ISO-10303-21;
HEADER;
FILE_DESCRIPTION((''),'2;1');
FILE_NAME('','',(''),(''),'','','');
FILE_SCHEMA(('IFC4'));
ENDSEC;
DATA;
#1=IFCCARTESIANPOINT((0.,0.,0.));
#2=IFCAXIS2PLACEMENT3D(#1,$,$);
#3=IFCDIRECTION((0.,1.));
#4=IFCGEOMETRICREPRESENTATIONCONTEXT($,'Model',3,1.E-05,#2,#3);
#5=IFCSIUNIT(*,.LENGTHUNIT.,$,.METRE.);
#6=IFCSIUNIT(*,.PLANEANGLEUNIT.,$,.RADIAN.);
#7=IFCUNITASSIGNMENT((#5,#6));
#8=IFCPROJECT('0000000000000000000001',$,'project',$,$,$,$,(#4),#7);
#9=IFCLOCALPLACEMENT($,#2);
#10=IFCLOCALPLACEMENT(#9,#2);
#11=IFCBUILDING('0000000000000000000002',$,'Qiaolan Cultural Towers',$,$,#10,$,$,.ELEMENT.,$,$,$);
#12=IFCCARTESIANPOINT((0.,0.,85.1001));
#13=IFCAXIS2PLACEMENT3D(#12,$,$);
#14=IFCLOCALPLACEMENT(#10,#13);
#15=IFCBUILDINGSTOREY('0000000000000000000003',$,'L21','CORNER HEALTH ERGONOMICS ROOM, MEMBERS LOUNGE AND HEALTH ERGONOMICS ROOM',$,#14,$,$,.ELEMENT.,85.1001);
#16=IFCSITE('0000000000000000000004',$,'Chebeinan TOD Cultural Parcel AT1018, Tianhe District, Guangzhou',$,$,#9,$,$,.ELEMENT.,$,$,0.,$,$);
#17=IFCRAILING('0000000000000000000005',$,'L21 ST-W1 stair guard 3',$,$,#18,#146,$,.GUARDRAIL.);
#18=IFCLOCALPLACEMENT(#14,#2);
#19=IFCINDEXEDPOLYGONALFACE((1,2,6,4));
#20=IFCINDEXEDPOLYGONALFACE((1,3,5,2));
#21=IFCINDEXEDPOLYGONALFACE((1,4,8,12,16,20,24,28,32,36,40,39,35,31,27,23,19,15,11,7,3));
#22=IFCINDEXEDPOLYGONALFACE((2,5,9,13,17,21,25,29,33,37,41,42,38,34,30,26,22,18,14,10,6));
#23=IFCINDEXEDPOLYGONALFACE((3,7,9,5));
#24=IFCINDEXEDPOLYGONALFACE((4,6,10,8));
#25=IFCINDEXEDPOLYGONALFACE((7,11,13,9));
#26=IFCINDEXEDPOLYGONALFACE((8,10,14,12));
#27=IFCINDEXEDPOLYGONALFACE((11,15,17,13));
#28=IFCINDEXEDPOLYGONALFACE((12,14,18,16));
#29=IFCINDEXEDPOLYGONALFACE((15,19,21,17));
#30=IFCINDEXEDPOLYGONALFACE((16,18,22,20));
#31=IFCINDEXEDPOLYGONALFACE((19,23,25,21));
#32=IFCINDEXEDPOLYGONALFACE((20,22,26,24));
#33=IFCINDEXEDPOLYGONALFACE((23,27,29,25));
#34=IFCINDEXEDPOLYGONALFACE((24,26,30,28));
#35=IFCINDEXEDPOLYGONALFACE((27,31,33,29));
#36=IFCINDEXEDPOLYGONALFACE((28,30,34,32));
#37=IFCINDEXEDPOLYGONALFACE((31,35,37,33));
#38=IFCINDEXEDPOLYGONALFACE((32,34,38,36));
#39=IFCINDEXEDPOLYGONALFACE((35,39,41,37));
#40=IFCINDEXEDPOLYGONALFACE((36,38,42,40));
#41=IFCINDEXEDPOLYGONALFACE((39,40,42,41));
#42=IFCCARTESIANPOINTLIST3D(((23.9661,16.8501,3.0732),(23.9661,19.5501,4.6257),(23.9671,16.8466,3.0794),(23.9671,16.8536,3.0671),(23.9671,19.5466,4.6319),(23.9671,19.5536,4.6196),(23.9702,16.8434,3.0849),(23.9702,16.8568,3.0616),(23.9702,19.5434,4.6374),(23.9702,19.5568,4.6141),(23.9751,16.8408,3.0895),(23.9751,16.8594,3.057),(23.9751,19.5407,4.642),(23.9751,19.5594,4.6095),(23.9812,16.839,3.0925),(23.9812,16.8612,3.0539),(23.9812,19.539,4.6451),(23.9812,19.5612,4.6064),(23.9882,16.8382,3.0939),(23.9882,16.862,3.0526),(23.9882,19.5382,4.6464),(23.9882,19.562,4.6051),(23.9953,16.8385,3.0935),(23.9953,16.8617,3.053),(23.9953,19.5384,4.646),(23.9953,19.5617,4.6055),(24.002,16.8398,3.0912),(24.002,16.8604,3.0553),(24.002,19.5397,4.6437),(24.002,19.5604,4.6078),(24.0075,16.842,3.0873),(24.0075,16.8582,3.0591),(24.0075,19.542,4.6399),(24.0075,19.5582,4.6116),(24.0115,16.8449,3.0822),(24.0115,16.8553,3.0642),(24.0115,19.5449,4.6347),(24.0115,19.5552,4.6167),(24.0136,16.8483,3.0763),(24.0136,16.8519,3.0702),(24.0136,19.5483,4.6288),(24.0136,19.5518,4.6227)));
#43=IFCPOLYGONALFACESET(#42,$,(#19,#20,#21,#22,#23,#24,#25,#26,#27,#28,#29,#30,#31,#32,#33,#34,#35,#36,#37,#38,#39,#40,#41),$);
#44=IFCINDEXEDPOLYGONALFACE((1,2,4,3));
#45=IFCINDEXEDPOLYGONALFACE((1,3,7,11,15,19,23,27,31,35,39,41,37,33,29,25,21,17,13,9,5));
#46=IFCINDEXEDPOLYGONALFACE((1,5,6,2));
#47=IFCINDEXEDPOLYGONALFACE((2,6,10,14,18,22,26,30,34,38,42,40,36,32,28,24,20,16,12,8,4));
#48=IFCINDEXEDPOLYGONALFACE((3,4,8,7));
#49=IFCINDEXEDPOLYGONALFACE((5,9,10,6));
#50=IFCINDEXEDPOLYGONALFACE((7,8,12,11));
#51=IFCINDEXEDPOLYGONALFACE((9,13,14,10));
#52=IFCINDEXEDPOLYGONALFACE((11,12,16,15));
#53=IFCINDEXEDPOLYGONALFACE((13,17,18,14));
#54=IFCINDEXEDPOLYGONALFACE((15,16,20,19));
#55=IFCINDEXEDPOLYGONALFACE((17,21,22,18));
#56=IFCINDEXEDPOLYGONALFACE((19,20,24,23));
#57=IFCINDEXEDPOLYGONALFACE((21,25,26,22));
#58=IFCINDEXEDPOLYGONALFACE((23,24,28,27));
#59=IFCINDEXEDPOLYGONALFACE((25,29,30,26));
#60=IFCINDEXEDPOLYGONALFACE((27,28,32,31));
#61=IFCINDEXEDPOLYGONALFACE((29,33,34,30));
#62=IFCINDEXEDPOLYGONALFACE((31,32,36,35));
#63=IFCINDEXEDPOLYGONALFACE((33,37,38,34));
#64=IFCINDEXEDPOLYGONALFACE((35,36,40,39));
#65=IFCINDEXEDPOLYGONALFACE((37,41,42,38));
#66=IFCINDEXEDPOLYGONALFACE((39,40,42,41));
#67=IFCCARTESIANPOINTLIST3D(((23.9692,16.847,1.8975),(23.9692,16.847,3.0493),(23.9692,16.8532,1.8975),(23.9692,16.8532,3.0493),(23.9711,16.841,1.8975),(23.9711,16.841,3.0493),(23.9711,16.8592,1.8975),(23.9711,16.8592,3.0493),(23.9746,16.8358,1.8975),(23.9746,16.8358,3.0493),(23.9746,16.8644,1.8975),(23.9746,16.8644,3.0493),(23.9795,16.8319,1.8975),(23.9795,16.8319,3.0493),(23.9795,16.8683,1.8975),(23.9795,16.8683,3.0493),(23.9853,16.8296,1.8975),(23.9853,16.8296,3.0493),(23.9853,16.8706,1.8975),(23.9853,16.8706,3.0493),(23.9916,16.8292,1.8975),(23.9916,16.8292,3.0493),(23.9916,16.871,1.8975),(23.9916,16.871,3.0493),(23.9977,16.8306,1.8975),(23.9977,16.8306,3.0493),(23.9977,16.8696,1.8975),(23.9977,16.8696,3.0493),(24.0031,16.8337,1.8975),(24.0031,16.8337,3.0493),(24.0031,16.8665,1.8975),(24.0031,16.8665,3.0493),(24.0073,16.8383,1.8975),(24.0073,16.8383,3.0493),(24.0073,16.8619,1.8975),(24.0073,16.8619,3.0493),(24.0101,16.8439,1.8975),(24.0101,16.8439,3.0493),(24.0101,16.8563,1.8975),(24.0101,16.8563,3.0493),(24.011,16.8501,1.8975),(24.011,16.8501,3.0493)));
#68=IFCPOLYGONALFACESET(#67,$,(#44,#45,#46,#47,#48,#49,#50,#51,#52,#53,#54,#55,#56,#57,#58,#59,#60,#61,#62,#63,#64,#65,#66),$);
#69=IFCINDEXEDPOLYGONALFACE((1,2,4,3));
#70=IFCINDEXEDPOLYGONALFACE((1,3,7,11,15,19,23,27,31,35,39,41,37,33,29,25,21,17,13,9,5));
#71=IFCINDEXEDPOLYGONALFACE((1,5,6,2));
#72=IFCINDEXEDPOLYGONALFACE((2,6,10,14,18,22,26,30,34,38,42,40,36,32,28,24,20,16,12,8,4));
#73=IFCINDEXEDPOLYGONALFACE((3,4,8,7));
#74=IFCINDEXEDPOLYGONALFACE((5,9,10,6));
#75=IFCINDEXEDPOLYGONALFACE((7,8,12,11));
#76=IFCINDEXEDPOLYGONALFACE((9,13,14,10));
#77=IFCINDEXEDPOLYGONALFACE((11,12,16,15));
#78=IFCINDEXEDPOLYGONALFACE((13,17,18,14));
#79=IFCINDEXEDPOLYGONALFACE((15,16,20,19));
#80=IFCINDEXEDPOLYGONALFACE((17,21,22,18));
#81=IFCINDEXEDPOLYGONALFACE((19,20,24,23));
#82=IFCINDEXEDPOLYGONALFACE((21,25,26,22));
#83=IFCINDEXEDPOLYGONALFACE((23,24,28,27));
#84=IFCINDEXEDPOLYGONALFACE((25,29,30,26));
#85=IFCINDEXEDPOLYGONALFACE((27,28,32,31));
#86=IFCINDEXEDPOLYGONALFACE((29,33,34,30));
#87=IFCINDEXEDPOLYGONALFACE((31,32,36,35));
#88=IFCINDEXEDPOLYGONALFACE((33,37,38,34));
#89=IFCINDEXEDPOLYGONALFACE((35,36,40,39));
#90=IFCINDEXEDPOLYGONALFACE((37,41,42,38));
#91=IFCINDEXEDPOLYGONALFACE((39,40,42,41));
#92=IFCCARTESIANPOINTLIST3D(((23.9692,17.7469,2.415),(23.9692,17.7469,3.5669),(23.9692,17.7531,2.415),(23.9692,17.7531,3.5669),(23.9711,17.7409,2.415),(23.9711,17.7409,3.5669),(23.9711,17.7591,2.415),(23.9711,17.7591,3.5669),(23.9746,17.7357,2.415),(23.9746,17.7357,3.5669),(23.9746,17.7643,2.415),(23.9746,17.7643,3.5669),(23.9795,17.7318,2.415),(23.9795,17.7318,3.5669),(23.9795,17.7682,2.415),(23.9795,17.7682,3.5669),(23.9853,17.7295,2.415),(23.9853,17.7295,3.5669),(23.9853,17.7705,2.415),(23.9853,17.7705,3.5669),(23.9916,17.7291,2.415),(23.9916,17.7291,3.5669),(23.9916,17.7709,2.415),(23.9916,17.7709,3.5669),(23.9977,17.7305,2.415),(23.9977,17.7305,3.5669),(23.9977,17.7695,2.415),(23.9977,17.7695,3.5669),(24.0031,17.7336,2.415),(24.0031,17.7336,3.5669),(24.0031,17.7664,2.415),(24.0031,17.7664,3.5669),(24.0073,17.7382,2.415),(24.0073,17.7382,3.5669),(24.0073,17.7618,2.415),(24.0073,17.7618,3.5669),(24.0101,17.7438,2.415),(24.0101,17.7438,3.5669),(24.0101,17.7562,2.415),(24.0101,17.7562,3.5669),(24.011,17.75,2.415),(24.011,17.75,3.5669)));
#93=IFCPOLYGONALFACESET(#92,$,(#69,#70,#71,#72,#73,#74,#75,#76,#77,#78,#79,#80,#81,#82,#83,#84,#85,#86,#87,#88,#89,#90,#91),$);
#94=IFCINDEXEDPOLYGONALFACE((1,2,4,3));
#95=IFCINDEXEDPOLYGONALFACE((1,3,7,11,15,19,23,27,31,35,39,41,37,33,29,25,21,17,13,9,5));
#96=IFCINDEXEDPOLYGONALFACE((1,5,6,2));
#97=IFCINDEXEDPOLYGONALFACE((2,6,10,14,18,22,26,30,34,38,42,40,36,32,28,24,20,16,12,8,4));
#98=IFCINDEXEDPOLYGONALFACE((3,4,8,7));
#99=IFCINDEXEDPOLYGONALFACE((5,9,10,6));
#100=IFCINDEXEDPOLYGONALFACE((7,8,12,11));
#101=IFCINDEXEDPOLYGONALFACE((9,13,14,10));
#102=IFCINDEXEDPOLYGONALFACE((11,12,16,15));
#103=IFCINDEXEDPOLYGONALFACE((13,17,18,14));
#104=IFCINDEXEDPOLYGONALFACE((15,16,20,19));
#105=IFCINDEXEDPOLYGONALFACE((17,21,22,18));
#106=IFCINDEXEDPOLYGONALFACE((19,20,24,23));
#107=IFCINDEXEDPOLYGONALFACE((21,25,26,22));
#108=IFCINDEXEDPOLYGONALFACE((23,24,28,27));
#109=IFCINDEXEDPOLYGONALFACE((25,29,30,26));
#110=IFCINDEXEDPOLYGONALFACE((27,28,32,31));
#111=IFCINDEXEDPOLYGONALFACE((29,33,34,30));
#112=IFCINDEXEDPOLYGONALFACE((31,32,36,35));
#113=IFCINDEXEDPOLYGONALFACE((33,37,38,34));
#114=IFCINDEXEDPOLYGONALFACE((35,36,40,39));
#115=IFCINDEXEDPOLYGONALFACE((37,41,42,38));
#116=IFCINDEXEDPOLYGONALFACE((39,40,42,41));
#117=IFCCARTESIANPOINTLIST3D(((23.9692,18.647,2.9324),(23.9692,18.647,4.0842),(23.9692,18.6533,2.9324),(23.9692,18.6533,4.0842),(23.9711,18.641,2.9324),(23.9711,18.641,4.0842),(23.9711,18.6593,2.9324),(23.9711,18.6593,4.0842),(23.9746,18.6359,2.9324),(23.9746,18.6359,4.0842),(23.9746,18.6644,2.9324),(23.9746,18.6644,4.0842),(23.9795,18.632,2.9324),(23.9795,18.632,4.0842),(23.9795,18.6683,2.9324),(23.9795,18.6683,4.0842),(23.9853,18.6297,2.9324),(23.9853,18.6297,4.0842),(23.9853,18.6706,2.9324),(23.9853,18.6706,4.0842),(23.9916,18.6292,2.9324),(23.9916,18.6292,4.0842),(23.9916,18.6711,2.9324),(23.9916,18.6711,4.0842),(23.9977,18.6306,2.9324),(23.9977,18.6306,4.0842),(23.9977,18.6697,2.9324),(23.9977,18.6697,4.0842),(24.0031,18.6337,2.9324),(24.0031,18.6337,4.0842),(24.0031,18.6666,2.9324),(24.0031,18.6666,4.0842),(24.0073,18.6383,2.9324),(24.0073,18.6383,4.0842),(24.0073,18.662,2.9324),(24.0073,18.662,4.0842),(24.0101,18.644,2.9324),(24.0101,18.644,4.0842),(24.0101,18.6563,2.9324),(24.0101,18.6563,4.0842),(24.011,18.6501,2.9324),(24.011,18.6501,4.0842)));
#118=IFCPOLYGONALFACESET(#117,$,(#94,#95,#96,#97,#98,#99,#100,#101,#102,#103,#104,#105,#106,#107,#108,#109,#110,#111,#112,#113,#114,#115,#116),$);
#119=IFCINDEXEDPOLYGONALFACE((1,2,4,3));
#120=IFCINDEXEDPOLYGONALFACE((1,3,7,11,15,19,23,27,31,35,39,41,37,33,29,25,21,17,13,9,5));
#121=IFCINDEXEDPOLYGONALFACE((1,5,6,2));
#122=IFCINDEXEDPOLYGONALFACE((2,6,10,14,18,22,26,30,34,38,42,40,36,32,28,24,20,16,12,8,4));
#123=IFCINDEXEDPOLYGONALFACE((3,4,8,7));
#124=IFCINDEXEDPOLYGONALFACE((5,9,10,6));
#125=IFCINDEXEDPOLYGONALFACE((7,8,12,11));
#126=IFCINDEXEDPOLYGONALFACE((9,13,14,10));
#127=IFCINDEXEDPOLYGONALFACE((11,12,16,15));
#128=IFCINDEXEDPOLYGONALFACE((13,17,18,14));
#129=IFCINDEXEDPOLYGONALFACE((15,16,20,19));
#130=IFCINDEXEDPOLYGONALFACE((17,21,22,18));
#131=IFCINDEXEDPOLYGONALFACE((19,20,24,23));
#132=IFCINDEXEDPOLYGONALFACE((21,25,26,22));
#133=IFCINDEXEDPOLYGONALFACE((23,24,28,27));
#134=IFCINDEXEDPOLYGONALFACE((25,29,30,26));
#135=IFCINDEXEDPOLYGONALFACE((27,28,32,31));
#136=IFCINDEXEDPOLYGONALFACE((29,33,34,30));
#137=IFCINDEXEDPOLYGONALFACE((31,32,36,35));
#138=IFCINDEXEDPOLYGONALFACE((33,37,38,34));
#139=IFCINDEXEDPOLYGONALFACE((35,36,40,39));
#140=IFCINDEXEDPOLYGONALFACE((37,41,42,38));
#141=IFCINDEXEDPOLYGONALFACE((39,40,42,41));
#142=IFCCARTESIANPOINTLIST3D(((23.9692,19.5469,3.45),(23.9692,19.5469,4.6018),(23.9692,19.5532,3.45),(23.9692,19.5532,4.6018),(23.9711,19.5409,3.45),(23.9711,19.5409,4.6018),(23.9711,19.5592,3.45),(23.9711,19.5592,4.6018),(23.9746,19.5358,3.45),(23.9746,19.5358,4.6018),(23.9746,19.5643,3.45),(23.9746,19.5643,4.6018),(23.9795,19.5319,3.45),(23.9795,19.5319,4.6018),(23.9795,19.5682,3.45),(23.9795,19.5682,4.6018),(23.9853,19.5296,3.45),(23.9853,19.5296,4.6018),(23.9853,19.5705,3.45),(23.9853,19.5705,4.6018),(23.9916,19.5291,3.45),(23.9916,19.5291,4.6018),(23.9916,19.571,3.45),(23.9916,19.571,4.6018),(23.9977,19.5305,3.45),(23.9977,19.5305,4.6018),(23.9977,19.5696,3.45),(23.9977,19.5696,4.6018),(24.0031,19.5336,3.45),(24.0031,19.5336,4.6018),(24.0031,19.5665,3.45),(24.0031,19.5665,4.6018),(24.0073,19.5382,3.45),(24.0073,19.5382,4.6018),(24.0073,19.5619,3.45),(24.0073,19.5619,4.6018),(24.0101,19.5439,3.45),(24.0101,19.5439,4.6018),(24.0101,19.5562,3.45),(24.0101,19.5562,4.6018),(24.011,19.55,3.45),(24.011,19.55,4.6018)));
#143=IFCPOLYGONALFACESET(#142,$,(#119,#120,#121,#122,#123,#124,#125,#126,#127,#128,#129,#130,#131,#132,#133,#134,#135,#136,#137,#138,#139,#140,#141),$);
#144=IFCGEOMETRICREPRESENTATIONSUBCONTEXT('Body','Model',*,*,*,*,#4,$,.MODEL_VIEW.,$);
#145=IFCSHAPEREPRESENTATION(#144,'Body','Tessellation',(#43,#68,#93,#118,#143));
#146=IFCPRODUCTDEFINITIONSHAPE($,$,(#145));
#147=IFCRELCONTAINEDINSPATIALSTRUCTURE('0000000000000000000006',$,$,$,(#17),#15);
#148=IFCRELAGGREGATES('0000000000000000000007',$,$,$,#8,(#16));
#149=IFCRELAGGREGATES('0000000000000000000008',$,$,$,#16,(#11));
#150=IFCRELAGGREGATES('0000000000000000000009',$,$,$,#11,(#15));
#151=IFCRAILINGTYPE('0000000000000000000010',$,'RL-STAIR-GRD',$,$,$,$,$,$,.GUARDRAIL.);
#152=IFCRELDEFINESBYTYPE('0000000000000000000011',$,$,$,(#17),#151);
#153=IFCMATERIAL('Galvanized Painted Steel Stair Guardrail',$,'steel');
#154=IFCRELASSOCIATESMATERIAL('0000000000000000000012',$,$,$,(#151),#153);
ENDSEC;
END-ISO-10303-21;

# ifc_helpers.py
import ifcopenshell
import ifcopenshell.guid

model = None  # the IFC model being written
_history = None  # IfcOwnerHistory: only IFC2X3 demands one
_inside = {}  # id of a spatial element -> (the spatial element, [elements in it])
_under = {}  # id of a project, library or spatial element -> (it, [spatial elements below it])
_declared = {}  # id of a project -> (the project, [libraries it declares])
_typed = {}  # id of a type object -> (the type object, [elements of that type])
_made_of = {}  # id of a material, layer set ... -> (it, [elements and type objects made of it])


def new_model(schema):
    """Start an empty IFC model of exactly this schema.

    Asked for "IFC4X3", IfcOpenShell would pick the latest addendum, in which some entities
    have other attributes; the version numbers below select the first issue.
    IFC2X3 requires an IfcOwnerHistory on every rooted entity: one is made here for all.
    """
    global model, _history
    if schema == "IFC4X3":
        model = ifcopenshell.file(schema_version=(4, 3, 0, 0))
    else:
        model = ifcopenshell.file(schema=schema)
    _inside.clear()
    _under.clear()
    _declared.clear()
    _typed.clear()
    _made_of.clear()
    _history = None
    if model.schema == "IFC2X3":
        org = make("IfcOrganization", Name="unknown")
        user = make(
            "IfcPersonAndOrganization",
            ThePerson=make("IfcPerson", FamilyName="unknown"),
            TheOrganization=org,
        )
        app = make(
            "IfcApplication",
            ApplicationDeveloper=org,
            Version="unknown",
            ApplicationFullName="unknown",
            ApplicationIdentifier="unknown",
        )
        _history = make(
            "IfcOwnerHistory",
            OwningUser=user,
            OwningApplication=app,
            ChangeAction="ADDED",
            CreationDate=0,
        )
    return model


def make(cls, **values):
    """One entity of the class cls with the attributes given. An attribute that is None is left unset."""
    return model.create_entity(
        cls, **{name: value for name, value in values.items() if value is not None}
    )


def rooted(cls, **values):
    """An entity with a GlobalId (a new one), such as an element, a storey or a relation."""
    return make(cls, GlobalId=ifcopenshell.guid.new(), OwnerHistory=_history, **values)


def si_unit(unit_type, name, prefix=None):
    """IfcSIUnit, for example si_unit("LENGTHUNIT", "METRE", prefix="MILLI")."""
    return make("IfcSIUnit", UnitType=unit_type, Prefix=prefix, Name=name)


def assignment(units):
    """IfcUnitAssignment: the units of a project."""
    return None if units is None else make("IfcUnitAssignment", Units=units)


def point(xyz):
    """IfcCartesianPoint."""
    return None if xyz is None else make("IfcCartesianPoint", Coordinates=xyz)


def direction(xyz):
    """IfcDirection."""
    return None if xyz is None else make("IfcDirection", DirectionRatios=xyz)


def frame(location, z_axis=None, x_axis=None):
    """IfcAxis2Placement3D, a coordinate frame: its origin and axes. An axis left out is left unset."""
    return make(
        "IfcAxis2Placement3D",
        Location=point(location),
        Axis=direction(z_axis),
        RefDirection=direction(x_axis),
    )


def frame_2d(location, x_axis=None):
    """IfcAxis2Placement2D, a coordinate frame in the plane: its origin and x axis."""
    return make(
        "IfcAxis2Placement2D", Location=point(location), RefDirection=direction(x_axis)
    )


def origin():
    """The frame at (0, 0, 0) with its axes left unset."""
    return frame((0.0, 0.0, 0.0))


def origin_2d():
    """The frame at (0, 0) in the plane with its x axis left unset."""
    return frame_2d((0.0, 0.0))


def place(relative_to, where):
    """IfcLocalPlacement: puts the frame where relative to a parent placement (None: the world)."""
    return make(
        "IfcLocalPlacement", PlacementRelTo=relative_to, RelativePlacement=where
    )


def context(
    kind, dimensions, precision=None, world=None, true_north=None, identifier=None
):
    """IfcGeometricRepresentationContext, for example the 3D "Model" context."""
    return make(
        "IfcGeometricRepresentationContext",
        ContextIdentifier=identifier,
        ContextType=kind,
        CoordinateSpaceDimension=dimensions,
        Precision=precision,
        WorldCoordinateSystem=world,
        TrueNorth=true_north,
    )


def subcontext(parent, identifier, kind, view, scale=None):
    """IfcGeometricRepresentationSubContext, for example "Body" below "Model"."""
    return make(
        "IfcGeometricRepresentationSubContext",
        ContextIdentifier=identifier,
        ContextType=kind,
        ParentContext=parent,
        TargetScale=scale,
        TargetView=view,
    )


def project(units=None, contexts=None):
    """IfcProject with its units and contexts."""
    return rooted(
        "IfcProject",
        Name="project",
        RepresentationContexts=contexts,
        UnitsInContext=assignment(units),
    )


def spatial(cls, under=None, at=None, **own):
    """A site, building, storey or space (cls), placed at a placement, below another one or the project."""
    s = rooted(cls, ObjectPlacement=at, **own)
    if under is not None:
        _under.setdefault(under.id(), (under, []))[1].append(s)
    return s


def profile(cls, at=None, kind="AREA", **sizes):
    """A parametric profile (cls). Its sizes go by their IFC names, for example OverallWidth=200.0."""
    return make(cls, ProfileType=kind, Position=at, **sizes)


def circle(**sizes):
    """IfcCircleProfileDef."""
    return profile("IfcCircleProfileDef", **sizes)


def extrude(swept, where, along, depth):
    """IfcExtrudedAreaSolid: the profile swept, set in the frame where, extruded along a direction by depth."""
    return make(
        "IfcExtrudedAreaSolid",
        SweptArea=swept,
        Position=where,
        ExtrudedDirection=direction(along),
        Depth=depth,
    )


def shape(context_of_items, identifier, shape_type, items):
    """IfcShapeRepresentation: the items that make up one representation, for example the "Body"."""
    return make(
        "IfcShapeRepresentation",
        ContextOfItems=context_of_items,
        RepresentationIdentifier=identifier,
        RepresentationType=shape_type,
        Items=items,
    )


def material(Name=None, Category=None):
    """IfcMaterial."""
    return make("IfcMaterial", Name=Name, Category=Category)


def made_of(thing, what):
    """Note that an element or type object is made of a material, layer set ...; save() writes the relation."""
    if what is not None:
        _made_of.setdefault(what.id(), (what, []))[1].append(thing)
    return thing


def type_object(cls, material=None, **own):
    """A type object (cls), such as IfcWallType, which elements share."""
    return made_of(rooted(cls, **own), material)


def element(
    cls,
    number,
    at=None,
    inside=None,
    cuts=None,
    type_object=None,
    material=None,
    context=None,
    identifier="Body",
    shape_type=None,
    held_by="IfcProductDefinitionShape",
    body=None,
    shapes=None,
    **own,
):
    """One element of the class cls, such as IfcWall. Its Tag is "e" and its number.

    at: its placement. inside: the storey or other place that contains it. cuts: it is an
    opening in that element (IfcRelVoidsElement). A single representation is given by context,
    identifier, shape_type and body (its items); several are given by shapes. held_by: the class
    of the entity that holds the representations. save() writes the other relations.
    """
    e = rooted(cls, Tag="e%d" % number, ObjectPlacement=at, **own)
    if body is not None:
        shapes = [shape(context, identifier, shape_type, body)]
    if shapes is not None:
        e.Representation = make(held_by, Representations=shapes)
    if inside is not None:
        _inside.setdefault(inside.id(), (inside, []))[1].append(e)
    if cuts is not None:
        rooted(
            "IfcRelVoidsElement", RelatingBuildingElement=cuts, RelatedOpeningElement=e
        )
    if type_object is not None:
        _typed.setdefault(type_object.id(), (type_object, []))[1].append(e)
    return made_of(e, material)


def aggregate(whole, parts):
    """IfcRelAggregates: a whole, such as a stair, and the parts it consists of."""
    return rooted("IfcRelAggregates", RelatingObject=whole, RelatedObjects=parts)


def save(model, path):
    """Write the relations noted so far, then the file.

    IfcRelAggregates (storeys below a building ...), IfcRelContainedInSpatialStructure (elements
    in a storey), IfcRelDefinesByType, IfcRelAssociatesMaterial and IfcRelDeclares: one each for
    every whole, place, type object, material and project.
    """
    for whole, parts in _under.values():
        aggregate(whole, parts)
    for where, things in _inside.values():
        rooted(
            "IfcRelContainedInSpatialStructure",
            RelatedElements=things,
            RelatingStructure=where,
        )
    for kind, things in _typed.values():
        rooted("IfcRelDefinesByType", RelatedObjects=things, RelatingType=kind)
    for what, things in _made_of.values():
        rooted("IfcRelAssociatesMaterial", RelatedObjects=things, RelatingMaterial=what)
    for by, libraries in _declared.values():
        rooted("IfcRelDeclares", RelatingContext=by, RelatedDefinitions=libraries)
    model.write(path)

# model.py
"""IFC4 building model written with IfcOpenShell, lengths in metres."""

from ifc_helpers import new_model, si_unit, direction, frame, origin, origin_2d, place, context, subcontext, project, spatial, circle, extrude, material, type_object, element, save


model = new_model("IFC4")

# Units and contexts
model_context = context("Model", 3, precision=1e-05, world=origin(), true_north=direction((0.0, 1.0)))
body_context = subcontext(model_context, "Body", "Model", "MODEL_VIEW")
ifc_project = project(units=[si_unit("LENGTHUNIT", "METRE"), si_unit("PLANEANGLEUNIT", "RADIAN")], contexts=[model_context])

# Site, building, storey
site_placement = place(None, origin())
site = spatial("IfcSite", under=ifc_project, at=site_placement, Name="Chebeinan TOD Cultural Parcel AT1018, Tianhe District, Guangzhou", CompositionType="ELEMENT", RefElevation=0.0)
building_placement = place(site_placement, origin())
building = spatial("IfcBuilding", under=site, at=building_placement, Name="Qiaolan Cultural Towers", CompositionType="ELEMENT")
storey_placement = place(building_placement, frame((0.0, 0.0, 85.1001)))
storey = spatial("IfcBuildingStorey", under=building, at=storey_placement, Name="L21", Description="CORNER HEALTH ERGONOMICS ROOM, MEMBERS LOUNGE AND HEALTH ERGONOMICS ROOM", CompositionType="ELEMENT", Elevation=85.1001)

# Railing
ifc_material_1 = material(Name="Galvanized Painted Steel Stair Guardrail", Category="steel")
railing_type_1 = type_object("IfcRailingType", Name="RL-STAIR-GRD", PredefinedType="GUARDRAIL", material=ifc_material_1)
railing_1_placement = place(storey_placement, frame((23.99, 16.8501, 1.8975)))
element("IfcRailing", 1, at=railing_1_placement, inside=storey, type_object=railing_type_1, Name="L21 ST-W1 stair guard 3", PredefinedType="GUARDRAIL", context=body_context, shape_type="SweptSolid", body=[
    extrude(circle(Radius=0.0239, at=origin_2d()), frame((0.0, 0.0, 1.1758), z_axis=(0.0, 0.866904, 0.498476), x_axis=(-1.0, 0.0, 0.0)), (0.0, 0.0, 1.0), 3.1145),
    extrude(circle(Radius=0.021, at=origin_2d()), origin(), (0.0, 0.0, 1.0), 1.1519),
    extrude(circle(Radius=0.021, at=origin_2d()), frame((0.0, 0.8999, 0.5176)), (0.0, 0.0, 1.0), 1.1519),
    extrude(circle(Radius=0.021, at=origin_2d()), frame((0.0, 1.8, 1.0349)), (0.0, 0.0, 1.0), 1.1519),
    extrude(circle(Radius=0.021, at=origin_2d()), frame((0.0, 2.7, 1.5525)), (0.0, 0.0, 1.0), 1.1519),
])

save(model, "model.ifc")
